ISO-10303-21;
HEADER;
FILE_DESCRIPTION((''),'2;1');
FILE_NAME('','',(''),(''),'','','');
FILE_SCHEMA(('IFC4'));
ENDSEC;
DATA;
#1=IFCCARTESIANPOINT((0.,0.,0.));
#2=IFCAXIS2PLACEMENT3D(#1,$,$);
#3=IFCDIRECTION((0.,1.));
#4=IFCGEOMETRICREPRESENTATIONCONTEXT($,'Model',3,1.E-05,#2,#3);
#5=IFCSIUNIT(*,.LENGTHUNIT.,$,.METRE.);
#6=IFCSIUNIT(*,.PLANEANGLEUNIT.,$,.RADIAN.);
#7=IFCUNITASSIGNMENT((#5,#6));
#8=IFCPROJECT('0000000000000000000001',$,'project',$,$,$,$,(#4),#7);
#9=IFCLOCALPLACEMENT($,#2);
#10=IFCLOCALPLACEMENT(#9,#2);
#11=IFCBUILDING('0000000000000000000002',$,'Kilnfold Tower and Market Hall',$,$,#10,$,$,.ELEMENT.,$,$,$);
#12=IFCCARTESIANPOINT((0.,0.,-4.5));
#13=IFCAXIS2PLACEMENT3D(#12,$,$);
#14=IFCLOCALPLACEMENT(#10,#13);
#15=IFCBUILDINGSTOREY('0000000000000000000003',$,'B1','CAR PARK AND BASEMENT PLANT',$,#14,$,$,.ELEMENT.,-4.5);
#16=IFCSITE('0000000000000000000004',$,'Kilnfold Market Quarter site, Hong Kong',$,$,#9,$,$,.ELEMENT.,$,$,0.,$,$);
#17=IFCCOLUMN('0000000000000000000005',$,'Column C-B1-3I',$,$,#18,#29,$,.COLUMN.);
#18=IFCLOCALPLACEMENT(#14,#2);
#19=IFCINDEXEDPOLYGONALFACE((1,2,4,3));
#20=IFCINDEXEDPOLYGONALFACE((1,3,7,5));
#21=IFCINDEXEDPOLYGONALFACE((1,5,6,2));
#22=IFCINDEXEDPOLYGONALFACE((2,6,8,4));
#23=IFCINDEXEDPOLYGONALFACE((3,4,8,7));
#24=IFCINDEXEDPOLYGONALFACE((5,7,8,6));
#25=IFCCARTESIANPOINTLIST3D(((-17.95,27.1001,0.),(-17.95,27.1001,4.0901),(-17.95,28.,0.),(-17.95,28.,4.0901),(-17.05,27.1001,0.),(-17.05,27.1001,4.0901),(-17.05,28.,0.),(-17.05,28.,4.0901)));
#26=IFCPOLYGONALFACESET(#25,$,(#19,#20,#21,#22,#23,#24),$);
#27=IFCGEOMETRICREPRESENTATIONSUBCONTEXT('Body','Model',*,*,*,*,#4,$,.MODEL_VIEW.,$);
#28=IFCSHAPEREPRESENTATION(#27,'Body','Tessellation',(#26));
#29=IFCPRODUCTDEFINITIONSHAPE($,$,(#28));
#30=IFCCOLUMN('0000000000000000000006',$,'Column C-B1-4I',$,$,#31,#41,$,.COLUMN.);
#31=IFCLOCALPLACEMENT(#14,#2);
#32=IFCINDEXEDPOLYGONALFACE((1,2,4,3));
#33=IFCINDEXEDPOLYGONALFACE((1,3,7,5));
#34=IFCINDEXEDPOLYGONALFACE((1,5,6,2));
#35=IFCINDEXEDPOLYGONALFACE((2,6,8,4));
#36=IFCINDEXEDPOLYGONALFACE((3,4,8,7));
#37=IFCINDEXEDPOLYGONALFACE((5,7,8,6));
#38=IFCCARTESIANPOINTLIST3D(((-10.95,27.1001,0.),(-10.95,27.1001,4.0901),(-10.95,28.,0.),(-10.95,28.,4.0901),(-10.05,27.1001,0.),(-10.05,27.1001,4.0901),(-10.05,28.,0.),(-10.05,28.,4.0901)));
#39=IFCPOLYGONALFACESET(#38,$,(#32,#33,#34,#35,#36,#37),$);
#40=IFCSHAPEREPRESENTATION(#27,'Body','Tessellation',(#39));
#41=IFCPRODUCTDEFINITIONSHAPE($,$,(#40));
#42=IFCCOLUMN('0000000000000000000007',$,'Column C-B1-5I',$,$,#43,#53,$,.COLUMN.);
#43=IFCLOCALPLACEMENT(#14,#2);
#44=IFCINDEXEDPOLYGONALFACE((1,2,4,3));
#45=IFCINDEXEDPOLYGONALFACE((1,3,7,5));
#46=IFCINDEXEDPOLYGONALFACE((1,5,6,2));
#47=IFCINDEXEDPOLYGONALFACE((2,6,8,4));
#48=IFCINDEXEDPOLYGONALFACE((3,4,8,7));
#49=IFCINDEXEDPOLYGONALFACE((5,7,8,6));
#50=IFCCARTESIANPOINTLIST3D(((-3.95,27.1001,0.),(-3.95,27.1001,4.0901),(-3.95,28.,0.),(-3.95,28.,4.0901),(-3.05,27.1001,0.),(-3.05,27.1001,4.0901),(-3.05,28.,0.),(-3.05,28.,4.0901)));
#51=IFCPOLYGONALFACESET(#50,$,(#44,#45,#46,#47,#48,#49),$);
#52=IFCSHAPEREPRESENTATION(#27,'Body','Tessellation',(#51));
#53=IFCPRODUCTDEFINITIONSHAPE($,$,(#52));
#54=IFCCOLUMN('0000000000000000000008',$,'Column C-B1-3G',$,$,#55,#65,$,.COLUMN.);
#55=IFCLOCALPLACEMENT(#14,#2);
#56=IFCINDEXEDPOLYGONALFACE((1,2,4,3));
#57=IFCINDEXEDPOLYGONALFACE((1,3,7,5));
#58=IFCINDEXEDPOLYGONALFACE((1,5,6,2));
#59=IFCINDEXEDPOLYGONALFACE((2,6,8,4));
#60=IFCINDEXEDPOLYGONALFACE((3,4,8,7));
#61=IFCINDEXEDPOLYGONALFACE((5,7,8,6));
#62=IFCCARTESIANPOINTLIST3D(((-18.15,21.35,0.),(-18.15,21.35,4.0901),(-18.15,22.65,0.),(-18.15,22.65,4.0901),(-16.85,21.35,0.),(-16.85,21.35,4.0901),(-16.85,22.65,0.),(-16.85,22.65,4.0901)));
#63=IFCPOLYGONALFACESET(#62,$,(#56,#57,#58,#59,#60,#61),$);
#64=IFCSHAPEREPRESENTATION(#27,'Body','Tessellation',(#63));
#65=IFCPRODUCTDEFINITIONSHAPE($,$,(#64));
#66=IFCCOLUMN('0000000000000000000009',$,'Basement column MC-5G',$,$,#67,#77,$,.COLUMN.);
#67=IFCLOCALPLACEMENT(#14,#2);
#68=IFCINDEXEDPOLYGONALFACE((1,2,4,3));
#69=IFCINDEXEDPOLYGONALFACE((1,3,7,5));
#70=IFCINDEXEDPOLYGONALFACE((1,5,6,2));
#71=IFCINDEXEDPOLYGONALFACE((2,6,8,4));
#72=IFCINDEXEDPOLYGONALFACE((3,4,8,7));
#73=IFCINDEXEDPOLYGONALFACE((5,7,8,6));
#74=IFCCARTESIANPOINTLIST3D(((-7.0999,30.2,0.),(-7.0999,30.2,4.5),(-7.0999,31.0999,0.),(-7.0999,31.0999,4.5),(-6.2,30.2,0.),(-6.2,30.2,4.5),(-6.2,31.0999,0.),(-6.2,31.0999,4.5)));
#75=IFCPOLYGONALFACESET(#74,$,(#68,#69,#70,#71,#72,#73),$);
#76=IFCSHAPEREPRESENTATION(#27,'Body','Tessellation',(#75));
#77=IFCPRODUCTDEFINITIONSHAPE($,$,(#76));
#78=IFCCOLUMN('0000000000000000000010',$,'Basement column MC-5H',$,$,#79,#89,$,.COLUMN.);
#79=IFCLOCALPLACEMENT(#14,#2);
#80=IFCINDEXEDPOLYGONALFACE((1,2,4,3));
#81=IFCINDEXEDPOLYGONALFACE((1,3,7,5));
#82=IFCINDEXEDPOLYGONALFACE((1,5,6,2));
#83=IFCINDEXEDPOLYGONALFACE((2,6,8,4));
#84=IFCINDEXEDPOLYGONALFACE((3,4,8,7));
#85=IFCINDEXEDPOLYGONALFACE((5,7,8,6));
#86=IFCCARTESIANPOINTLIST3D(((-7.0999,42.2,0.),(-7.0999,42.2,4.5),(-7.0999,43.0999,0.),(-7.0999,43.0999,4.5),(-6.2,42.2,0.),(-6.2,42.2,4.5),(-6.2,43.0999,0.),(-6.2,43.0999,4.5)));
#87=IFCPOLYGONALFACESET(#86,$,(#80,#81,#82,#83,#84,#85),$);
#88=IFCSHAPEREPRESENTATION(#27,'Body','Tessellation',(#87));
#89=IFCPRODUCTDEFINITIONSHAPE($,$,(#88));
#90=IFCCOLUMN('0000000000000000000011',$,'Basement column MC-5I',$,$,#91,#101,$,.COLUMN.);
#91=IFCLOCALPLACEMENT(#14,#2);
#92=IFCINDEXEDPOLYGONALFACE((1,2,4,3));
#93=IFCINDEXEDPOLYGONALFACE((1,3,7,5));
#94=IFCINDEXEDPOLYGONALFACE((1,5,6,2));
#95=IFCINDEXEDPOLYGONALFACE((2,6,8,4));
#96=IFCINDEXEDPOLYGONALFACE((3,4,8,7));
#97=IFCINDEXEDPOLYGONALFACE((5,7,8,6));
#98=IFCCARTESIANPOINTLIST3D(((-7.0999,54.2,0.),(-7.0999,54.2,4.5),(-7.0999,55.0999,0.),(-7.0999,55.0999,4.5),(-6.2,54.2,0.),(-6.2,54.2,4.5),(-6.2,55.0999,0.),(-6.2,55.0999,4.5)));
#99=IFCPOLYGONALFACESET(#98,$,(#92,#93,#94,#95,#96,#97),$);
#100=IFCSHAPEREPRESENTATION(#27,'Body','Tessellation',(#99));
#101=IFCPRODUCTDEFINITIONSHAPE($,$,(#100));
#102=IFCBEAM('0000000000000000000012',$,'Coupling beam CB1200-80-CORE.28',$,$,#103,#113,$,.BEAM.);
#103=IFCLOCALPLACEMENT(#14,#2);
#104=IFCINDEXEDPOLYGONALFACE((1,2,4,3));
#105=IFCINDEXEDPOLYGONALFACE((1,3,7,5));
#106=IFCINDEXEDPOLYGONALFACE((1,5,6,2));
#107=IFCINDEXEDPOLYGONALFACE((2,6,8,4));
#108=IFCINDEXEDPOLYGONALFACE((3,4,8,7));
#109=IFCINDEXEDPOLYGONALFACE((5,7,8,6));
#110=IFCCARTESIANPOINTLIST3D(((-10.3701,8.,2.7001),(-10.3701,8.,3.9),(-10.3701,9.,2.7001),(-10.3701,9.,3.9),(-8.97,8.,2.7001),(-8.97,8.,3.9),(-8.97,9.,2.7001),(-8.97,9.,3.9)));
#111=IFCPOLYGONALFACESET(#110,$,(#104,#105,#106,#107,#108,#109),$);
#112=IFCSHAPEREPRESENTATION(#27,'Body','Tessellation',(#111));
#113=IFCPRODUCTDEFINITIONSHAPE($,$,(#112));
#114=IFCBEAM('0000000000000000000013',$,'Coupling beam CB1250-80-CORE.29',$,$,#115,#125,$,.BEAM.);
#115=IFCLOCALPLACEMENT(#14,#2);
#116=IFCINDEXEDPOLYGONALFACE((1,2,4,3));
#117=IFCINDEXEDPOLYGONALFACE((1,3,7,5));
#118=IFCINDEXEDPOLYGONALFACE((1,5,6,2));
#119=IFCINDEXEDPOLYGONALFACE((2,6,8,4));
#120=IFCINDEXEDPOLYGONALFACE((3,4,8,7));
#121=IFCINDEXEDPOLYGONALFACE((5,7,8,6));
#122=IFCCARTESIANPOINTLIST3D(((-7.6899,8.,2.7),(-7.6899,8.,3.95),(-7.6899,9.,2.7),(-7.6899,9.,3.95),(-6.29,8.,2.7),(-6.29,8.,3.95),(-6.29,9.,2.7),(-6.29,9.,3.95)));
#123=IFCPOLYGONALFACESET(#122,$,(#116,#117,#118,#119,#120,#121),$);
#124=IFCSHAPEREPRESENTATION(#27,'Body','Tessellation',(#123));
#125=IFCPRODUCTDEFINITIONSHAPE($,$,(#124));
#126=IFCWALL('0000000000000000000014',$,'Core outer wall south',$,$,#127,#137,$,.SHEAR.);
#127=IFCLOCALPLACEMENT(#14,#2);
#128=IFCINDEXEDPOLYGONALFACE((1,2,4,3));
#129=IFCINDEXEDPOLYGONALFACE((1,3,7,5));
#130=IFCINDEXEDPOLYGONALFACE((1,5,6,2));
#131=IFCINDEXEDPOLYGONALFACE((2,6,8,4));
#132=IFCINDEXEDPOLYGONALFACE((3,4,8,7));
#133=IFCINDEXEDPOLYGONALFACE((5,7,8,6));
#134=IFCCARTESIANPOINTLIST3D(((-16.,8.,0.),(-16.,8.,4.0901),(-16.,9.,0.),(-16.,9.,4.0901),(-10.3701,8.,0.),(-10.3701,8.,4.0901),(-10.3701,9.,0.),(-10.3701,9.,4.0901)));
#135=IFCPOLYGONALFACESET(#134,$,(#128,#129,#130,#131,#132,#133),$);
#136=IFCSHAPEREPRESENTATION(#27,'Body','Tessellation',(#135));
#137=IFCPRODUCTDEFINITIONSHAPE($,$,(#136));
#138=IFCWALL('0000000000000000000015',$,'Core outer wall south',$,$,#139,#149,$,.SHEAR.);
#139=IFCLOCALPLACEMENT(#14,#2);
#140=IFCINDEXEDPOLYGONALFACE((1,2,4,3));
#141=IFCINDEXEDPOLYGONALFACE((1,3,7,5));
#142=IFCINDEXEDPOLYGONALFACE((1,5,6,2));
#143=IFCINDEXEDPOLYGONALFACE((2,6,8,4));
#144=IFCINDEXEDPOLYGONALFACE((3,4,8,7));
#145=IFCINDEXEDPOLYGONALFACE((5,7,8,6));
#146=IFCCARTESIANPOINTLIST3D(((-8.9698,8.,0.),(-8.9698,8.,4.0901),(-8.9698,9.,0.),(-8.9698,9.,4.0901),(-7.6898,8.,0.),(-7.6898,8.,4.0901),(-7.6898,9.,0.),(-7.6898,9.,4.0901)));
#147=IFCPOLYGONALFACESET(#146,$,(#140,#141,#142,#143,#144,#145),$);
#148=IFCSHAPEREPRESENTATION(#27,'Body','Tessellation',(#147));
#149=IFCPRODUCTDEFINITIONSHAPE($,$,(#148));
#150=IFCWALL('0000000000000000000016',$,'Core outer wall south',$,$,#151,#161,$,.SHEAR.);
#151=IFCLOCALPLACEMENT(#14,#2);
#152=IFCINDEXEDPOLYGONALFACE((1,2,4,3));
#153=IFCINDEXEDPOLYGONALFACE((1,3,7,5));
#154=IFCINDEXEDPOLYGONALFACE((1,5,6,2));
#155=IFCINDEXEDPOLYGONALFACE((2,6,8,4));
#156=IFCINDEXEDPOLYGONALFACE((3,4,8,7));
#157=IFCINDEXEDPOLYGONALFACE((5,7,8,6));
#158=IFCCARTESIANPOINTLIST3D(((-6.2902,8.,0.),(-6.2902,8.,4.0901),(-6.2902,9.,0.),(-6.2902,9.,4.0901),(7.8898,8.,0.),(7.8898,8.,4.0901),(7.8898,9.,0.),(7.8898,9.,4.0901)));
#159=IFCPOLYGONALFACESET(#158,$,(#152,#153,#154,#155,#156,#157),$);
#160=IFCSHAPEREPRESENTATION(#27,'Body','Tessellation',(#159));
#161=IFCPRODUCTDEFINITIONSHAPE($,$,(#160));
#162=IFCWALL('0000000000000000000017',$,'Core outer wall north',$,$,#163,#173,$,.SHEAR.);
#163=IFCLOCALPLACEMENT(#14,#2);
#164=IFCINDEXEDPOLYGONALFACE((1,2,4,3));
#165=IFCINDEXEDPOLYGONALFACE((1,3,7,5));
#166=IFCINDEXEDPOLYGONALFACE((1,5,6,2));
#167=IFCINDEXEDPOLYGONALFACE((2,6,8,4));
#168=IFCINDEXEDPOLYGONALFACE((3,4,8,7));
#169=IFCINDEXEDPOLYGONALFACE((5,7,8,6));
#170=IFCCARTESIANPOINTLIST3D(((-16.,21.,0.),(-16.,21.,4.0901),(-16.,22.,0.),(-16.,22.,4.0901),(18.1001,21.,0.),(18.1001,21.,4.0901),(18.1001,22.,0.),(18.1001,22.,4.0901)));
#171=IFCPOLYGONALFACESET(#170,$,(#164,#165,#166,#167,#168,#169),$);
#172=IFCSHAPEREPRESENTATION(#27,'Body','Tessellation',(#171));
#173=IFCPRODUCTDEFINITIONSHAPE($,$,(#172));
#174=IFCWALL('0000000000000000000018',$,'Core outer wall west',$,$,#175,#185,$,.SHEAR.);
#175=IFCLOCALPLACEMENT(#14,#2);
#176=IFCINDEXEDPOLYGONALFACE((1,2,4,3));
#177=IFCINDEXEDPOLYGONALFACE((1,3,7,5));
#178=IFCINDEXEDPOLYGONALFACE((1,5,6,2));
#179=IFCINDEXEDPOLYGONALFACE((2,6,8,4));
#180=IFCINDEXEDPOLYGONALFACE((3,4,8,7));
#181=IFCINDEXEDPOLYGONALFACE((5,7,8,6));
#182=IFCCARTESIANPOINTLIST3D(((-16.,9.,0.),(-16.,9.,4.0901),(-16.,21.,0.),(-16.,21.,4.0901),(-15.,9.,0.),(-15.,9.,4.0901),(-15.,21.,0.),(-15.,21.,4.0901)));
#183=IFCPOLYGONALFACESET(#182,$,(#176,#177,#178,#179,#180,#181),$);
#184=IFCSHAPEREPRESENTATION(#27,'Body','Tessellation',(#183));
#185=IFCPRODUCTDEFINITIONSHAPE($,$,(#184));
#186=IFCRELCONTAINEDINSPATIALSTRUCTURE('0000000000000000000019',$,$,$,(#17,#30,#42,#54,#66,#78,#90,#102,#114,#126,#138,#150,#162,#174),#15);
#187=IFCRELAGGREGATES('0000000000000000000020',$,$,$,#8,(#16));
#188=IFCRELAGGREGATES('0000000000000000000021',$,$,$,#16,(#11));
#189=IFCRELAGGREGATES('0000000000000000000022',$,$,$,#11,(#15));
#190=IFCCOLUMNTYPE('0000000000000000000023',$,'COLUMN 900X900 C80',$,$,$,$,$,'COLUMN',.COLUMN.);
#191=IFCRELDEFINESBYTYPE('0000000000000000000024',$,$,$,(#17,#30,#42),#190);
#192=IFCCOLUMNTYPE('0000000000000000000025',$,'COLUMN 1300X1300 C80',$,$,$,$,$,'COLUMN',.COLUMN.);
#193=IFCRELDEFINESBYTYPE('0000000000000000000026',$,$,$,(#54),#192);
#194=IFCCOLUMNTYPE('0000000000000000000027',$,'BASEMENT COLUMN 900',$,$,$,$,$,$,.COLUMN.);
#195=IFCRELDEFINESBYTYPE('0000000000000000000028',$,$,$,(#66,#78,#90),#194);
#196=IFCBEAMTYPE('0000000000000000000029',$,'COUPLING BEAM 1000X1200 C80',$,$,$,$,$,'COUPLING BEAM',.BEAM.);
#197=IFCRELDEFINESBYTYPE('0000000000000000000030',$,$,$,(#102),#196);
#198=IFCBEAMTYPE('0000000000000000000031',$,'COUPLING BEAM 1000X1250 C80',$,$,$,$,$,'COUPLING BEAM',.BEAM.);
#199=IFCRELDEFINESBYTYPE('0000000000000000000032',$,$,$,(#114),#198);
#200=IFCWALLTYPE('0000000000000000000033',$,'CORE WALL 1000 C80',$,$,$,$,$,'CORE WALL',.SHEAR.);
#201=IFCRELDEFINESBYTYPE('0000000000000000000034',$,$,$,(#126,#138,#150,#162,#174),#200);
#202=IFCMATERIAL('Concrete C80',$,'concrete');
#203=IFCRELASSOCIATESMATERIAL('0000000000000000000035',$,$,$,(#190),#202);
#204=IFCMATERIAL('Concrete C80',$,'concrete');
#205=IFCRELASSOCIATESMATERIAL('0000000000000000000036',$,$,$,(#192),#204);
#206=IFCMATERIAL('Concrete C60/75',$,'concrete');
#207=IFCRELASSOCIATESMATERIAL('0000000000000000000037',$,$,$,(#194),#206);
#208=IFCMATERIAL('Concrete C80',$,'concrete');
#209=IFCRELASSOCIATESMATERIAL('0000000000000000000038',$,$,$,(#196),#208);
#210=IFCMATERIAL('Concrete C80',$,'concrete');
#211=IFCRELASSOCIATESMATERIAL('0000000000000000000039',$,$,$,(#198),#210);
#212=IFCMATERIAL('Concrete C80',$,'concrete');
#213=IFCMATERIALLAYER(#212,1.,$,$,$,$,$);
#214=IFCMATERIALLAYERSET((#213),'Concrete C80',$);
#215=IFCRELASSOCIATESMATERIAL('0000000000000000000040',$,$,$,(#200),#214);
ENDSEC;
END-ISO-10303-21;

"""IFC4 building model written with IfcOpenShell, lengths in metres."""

from ifc_helpers import new_model, si_unit, direction, frame, frame_2d, origin, origin_2d, place, context, subcontext, project, spatial, rectangle, extrude, source, transform, mapped, material, layer, layer_set, material_profile, profile_set, type_object, element, save


model = new_model("IFC4")

# Units and contexts
model_context = context("Model", 3, precision=1e-05, world=origin(), true_north=direction((0.0, 1.0)))
body_context = subcontext(model_context, "Body", "Model", "MODEL_VIEW")
ifc_project = project(units=[si_unit("LENGTHUNIT", "METRE"), si_unit("PLANEANGLEUNIT", "RADIAN")], contexts=[model_context])

# Site, building, storey
site_placement = place(None, origin())
site = spatial("IfcSite", under=ifc_project, at=site_placement, Name="Kilnfold Market Quarter site, Hong Kong", CompositionType="ELEMENT", RefElevation=0.0)
building_placement = place(site_placement, origin())
building = spatial("IfcBuilding", under=site, at=building_placement, Name="Kilnfold Tower and Market Hall", CompositionType="ELEMENT")
storey_placement = place(building_placement, frame((0.0, 0.0, -4.5)))
storey = spatial("IfcBuildingStorey", under=building, at=storey_placement, Name="B1", Description="CAR PARK AND BASEMENT PLANT", CompositionType="ELEMENT", Elevation=-4.5)

# Columns
ifc_material_1 = material(Name="Concrete C80", Category="concrete")
ifc_material_profile_1 = material_profile(ifc_material_1, rectangle(XDim=0.8999, YDim=0.8999, at=origin_2d()), Name="RC 900x900")
ifc_profile_set_1 = profile_set([ifc_material_profile_1], Name="Concrete C80")
column_type_1 = type_object("IfcColumnType", Name="COLUMN 900X900 C80", ElementType="COLUMN", PredefinedType="COLUMN", material=ifc_profile_set_1)
shared_shape_1 = source(origin(), body_context, "Body", "SweptSolid", [
    extrude(rectangle(XDim=0.8999, YDim=0.8999, at=origin_2d()), origin(), (0.0, 0.0, 1.0), 4.0901),
])
for number, where, z_axis, x_axis, name in (
    (1, (-17.5, 27.55, 0.0), (0.0, 0.0, 1.0), (1.0, 0.0, 0.0), "Column C-B1-3I"),
    (2, (-10.5, 27.55, 0.0), (0.0, 0.0, 1.0), (1.0, 0.0, 0.0), "Column C-B1-4I"),
    (3, (-3.5, 27.55, 0.0), (0.0, 0.0, 1.0), (1.0, 0.0, 0.0), "Column C-B1-5I"),
):
    element("IfcColumn", number, at=place(storey_placement, frame(where, z_axis=z_axis, x_axis=x_axis)), inside=storey, type_object=column_type_1, Name=name, PredefinedType="COLUMN", context=body_context, shape_type="MappedRepresentation", body=[
        mapped(shared_shape_1, transform((0.0, 0.0, 0.0))),
    ])
ifc_material_2 = material(Name="Concrete C80", Category="concrete")
ifc_material_profile_2 = material_profile(ifc_material_2, rectangle(XDim=1.3, YDim=1.3, at=origin_2d()), Name="RC 1300x1300")
ifc_profile_set_2 = profile_set([ifc_material_profile_2], Name="Concrete C80")
column_type_2 = type_object("IfcColumnType", Name="COLUMN 1300X1300 C80", ElementType="COLUMN", PredefinedType="COLUMN", material=ifc_profile_set_2)
shared_shape_2 = source(origin(), body_context, "Body", "SweptSolid", [
    extrude(rectangle(XDim=1.3, YDim=1.3, at=origin_2d()), origin(), (0.0, 0.0, 1.0), 4.0901),
])
column_placement = place(storey_placement, frame((-17.5, 22.0, 0.0), z_axis=(0.0, 0.0, 1.0), x_axis=(1.0, 0.0, 0.0)))
element("IfcColumn", 4, at=column_placement, inside=storey, type_object=column_type_2, Name="Column C-B1-3G", PredefinedType="COLUMN", context=body_context, shape_type="MappedRepresentation", body=[
    mapped(shared_shape_2, transform((0.0, 0.0, 0.0))),
])
ifc_material_3 = material(Name="Concrete C60/75", Category="concrete")
ifc_material_profile_3 = material_profile(ifc_material_3, rectangle(XDim=0.8999, YDim=0.8999, at=origin_2d()), Name="RC 900x900")
ifc_profile_set_3 = profile_set([ifc_material_profile_3], Name="Concrete C60/75")
column_type_3 = type_object("IfcColumnType", Name="BASEMENT COLUMN 900", PredefinedType="COLUMN", material=ifc_profile_set_3)
shared_shape_3 = source(origin(), body_context, "Body", "SweptSolid", [
    extrude(rectangle(XDim=0.8999, YDim=0.8999, at=origin_2d()), origin(), (0.0, 0.0, 1.0), 4.5),
])
for number, where, z_axis, x_axis, name in (
    (5, (-6.6499, 30.6499, 0.0), (0.0, 0.0, 1.0), (1.0, 0.0, 0.0), "Basement column MC-5G"),
    (6, (-6.6499, 42.6499, 0.0), (0.0, 0.0, 1.0), (1.0, 0.0, 0.0), "Basement column MC-5H"),
    (7, (-6.6499, 54.6499, 0.0), (0.0, 0.0, 1.0), (1.0, 0.0, 0.0), "Basement column MC-5I"),
):
    element("IfcColumn", number, at=place(storey_placement, frame(where, z_axis=z_axis, x_axis=x_axis)), inside=storey, type_object=column_type_3, Name=name, PredefinedType="COLUMN", context=body_context, shape_type="MappedRepresentation", body=[
        mapped(shared_shape_3, transform((0.0, 0.0, 0.0))),
    ])

# Beams
ifc_material_4 = material(Name="Concrete C80", Category="concrete")
ifc_material_profile_4 = material_profile(ifc_material_4, rectangle(XDim=1.0, YDim=1.2, at=origin_2d()), Name="RC 1000x1200")
ifc_profile_set_4 = profile_set([ifc_material_profile_4], Name="Concrete C80")
beam_type_1 = type_object("IfcBeamType", Name="COUPLING BEAM 1000X1200 C80", ElementType="COUPLING BEAM", PredefinedType="BEAM", material=ifc_profile_set_4)
shared_shape_4 = source(origin(), body_context, "Body", "SweptSolid", [
    extrude(rectangle(XDim=1.0, YDim=1.2, at=origin_2d()), origin(), (0.0, 0.0, 1.0), 1.4001),
])
beam_1_placement = place(storey_placement, frame((-10.3701, 8.5, 3.3), z_axis=(1.0, 0.0, 0.0), x_axis=(0.0, 1.0, 0.0)))
element("IfcBeam", 8, at=beam_1_placement, inside=storey, type_object=beam_type_1, Name="Coupling beam CB1200-80-CORE.28", PredefinedType="BEAM", context=body_context, shape_type="MappedRepresentation", body=[
    mapped(shared_shape_4, transform((0.0, 0.0, 0.0))),
])
ifc_material_5 = material(Name="Concrete C80", Category="concrete")
ifc_material_profile_5 = material_profile(ifc_material_5, rectangle(XDim=1.0, YDim=1.25, at=origin_2d()), Name="RC 1000x1250")
ifc_profile_set_5 = profile_set([ifc_material_profile_5], Name="Concrete C80")
beam_type_2 = type_object("IfcBeamType", Name="COUPLING BEAM 1000X1250 C80", ElementType="COUPLING BEAM", PredefinedType="BEAM", material=ifc_profile_set_5)
shared_shape_5 = source(origin(), body_context, "Body", "SweptSolid", [
    extrude(rectangle(XDim=1.0, YDim=1.25, at=origin_2d()), origin(), (0.0, 0.0, 1.0), 1.3999),
])
beam_2_placement = place(storey_placement, frame((-7.6899, 8.5, 3.325), z_axis=(1.0, 0.0, 0.0), x_axis=(0.0, 1.0, 0.0)))
element("IfcBeam", 9, at=beam_2_placement, inside=storey, type_object=beam_type_2, Name="Coupling beam CB1250-80-CORE.29", PredefinedType="BEAM", context=body_context, shape_type="MappedRepresentation", body=[
    mapped(shared_shape_5, transform((0.0, 0.0, 0.0))),
])

# Walls
ifc_material_6 = material(Name="Concrete C80", Category="concrete")
ifc_layer_1 = layer(ifc_material_6, 1.0)
ifc_layer_set_1 = layer_set([ifc_layer_1], Name="Concrete C80")
wall_type_1 = type_object("IfcWallType", Name="CORE WALL 1000 C80", ElementType="CORE WALL", PredefinedType="SHEAR", material=ifc_layer_set_1)
shared_shape_6 = source(origin(), body_context, "Body", "SweptSolid", [
    extrude(rectangle(XDim=5.6299, YDim=1.0, at=frame_2d((2.8149, 0.0))), origin(), (0.0, 0.0, 1.0), 4.0901),
])
wall_1_placement = place(storey_placement, frame((-16.0, 8.5, 0.0), z_axis=(0.0, 0.0, 1.0), x_axis=(1.0, 0.0, 0.0)))
element("IfcWall", 10, at=wall_1_placement, inside=storey, type_object=wall_type_1, Name="Core outer wall south", PredefinedType="SHEAR", context=body_context, shape_type="MappedRepresentation", body=[
    mapped(shared_shape_6, transform((0.0, 0.0, 0.0))),
])
shared_shape_7 = source(origin(), body_context, "Body", "SweptSolid", [
    extrude(rectangle(XDim=1.28, YDim=1.0, at=frame_2d((0.6401, 0.0))), origin(), (0.0, 0.0, 1.0), 4.0901),
])
wall_2_placement = place(storey_placement, frame((-8.97, 8.5, 0.0), z_axis=(0.0, 0.0, 1.0), x_axis=(1.0, 0.0, 0.0)))
element("IfcWall", 11, at=wall_2_placement, inside=storey, type_object=wall_type_1, Name="Core outer wall south", PredefinedType="SHEAR", context=body_context, shape_type="MappedRepresentation", body=[
    mapped(shared_shape_7, transform((0.0, 0.0, 0.0))),
])
shared_shape_8 = source(origin(), body_context, "Body", "SweptSolid", [
    extrude(rectangle(XDim=14.1799, YDim=1.0, at=frame_2d((7.0898, 0.0))), origin(), (0.0, 0.0, 1.0), 4.0901),
])
wall_3_placement = place(storey_placement, frame((-6.29, 8.5, 0.0), z_axis=(0.0, 0.0, 1.0), x_axis=(1.0, 0.0, 0.0)))
element("IfcWall", 12, at=wall_3_placement, inside=storey, type_object=wall_type_1, Name="Core outer wall south", PredefinedType="SHEAR", context=body_context, shape_type="MappedRepresentation", body=[
    mapped(shared_shape_8, transform((0.0, 0.0, 0.0))),
])
shared_shape_9 = source(origin(), body_context, "Body", "SweptSolid", [
    extrude(rectangle(XDim=34.1001, YDim=1.0, at=frame_2d((17.05, 0.0))), origin(), (0.0, 0.0, 1.0), 4.0901),
])
wall_4_placement = place(storey_placement, frame((-16.0, 21.5, 0.0), z_axis=(0.0, 0.0, 1.0), x_axis=(1.0, 0.0, 0.0)))
element("IfcWall", 13, at=wall_4_placement, inside=storey, type_object=wall_type_1, Name="Core outer wall north", PredefinedType="SHEAR", context=body_context, shape_type="MappedRepresentation", body=[
    mapped(shared_shape_9, transform((0.0, 0.0, 0.0))),
])
shared_shape_10 = source(origin(), body_context, "Body", "SweptSolid", [
    extrude(rectangle(XDim=12.0, YDim=1.0, at=frame_2d((6.0, 0.0))), origin(), (0.0, 0.0, 1.0), 4.0901),
])
wall_5_placement = place(storey_placement, frame((-15.5, 9.0, 0.0), z_axis=(0.0, 0.0, 1.0), x_axis=(0.0, 1.0, 0.0)))
element("IfcWall", 14, at=wall_5_placement, inside=storey, type_object=wall_type_1, Name="Core outer wall west", PredefinedType="SHEAR", context=body_context, shape_type="MappedRepresentation", body=[
    mapped(shared_shape_10, transform((0.0, 0.0, 0.0))),
])

save(model, "model.ifc")
